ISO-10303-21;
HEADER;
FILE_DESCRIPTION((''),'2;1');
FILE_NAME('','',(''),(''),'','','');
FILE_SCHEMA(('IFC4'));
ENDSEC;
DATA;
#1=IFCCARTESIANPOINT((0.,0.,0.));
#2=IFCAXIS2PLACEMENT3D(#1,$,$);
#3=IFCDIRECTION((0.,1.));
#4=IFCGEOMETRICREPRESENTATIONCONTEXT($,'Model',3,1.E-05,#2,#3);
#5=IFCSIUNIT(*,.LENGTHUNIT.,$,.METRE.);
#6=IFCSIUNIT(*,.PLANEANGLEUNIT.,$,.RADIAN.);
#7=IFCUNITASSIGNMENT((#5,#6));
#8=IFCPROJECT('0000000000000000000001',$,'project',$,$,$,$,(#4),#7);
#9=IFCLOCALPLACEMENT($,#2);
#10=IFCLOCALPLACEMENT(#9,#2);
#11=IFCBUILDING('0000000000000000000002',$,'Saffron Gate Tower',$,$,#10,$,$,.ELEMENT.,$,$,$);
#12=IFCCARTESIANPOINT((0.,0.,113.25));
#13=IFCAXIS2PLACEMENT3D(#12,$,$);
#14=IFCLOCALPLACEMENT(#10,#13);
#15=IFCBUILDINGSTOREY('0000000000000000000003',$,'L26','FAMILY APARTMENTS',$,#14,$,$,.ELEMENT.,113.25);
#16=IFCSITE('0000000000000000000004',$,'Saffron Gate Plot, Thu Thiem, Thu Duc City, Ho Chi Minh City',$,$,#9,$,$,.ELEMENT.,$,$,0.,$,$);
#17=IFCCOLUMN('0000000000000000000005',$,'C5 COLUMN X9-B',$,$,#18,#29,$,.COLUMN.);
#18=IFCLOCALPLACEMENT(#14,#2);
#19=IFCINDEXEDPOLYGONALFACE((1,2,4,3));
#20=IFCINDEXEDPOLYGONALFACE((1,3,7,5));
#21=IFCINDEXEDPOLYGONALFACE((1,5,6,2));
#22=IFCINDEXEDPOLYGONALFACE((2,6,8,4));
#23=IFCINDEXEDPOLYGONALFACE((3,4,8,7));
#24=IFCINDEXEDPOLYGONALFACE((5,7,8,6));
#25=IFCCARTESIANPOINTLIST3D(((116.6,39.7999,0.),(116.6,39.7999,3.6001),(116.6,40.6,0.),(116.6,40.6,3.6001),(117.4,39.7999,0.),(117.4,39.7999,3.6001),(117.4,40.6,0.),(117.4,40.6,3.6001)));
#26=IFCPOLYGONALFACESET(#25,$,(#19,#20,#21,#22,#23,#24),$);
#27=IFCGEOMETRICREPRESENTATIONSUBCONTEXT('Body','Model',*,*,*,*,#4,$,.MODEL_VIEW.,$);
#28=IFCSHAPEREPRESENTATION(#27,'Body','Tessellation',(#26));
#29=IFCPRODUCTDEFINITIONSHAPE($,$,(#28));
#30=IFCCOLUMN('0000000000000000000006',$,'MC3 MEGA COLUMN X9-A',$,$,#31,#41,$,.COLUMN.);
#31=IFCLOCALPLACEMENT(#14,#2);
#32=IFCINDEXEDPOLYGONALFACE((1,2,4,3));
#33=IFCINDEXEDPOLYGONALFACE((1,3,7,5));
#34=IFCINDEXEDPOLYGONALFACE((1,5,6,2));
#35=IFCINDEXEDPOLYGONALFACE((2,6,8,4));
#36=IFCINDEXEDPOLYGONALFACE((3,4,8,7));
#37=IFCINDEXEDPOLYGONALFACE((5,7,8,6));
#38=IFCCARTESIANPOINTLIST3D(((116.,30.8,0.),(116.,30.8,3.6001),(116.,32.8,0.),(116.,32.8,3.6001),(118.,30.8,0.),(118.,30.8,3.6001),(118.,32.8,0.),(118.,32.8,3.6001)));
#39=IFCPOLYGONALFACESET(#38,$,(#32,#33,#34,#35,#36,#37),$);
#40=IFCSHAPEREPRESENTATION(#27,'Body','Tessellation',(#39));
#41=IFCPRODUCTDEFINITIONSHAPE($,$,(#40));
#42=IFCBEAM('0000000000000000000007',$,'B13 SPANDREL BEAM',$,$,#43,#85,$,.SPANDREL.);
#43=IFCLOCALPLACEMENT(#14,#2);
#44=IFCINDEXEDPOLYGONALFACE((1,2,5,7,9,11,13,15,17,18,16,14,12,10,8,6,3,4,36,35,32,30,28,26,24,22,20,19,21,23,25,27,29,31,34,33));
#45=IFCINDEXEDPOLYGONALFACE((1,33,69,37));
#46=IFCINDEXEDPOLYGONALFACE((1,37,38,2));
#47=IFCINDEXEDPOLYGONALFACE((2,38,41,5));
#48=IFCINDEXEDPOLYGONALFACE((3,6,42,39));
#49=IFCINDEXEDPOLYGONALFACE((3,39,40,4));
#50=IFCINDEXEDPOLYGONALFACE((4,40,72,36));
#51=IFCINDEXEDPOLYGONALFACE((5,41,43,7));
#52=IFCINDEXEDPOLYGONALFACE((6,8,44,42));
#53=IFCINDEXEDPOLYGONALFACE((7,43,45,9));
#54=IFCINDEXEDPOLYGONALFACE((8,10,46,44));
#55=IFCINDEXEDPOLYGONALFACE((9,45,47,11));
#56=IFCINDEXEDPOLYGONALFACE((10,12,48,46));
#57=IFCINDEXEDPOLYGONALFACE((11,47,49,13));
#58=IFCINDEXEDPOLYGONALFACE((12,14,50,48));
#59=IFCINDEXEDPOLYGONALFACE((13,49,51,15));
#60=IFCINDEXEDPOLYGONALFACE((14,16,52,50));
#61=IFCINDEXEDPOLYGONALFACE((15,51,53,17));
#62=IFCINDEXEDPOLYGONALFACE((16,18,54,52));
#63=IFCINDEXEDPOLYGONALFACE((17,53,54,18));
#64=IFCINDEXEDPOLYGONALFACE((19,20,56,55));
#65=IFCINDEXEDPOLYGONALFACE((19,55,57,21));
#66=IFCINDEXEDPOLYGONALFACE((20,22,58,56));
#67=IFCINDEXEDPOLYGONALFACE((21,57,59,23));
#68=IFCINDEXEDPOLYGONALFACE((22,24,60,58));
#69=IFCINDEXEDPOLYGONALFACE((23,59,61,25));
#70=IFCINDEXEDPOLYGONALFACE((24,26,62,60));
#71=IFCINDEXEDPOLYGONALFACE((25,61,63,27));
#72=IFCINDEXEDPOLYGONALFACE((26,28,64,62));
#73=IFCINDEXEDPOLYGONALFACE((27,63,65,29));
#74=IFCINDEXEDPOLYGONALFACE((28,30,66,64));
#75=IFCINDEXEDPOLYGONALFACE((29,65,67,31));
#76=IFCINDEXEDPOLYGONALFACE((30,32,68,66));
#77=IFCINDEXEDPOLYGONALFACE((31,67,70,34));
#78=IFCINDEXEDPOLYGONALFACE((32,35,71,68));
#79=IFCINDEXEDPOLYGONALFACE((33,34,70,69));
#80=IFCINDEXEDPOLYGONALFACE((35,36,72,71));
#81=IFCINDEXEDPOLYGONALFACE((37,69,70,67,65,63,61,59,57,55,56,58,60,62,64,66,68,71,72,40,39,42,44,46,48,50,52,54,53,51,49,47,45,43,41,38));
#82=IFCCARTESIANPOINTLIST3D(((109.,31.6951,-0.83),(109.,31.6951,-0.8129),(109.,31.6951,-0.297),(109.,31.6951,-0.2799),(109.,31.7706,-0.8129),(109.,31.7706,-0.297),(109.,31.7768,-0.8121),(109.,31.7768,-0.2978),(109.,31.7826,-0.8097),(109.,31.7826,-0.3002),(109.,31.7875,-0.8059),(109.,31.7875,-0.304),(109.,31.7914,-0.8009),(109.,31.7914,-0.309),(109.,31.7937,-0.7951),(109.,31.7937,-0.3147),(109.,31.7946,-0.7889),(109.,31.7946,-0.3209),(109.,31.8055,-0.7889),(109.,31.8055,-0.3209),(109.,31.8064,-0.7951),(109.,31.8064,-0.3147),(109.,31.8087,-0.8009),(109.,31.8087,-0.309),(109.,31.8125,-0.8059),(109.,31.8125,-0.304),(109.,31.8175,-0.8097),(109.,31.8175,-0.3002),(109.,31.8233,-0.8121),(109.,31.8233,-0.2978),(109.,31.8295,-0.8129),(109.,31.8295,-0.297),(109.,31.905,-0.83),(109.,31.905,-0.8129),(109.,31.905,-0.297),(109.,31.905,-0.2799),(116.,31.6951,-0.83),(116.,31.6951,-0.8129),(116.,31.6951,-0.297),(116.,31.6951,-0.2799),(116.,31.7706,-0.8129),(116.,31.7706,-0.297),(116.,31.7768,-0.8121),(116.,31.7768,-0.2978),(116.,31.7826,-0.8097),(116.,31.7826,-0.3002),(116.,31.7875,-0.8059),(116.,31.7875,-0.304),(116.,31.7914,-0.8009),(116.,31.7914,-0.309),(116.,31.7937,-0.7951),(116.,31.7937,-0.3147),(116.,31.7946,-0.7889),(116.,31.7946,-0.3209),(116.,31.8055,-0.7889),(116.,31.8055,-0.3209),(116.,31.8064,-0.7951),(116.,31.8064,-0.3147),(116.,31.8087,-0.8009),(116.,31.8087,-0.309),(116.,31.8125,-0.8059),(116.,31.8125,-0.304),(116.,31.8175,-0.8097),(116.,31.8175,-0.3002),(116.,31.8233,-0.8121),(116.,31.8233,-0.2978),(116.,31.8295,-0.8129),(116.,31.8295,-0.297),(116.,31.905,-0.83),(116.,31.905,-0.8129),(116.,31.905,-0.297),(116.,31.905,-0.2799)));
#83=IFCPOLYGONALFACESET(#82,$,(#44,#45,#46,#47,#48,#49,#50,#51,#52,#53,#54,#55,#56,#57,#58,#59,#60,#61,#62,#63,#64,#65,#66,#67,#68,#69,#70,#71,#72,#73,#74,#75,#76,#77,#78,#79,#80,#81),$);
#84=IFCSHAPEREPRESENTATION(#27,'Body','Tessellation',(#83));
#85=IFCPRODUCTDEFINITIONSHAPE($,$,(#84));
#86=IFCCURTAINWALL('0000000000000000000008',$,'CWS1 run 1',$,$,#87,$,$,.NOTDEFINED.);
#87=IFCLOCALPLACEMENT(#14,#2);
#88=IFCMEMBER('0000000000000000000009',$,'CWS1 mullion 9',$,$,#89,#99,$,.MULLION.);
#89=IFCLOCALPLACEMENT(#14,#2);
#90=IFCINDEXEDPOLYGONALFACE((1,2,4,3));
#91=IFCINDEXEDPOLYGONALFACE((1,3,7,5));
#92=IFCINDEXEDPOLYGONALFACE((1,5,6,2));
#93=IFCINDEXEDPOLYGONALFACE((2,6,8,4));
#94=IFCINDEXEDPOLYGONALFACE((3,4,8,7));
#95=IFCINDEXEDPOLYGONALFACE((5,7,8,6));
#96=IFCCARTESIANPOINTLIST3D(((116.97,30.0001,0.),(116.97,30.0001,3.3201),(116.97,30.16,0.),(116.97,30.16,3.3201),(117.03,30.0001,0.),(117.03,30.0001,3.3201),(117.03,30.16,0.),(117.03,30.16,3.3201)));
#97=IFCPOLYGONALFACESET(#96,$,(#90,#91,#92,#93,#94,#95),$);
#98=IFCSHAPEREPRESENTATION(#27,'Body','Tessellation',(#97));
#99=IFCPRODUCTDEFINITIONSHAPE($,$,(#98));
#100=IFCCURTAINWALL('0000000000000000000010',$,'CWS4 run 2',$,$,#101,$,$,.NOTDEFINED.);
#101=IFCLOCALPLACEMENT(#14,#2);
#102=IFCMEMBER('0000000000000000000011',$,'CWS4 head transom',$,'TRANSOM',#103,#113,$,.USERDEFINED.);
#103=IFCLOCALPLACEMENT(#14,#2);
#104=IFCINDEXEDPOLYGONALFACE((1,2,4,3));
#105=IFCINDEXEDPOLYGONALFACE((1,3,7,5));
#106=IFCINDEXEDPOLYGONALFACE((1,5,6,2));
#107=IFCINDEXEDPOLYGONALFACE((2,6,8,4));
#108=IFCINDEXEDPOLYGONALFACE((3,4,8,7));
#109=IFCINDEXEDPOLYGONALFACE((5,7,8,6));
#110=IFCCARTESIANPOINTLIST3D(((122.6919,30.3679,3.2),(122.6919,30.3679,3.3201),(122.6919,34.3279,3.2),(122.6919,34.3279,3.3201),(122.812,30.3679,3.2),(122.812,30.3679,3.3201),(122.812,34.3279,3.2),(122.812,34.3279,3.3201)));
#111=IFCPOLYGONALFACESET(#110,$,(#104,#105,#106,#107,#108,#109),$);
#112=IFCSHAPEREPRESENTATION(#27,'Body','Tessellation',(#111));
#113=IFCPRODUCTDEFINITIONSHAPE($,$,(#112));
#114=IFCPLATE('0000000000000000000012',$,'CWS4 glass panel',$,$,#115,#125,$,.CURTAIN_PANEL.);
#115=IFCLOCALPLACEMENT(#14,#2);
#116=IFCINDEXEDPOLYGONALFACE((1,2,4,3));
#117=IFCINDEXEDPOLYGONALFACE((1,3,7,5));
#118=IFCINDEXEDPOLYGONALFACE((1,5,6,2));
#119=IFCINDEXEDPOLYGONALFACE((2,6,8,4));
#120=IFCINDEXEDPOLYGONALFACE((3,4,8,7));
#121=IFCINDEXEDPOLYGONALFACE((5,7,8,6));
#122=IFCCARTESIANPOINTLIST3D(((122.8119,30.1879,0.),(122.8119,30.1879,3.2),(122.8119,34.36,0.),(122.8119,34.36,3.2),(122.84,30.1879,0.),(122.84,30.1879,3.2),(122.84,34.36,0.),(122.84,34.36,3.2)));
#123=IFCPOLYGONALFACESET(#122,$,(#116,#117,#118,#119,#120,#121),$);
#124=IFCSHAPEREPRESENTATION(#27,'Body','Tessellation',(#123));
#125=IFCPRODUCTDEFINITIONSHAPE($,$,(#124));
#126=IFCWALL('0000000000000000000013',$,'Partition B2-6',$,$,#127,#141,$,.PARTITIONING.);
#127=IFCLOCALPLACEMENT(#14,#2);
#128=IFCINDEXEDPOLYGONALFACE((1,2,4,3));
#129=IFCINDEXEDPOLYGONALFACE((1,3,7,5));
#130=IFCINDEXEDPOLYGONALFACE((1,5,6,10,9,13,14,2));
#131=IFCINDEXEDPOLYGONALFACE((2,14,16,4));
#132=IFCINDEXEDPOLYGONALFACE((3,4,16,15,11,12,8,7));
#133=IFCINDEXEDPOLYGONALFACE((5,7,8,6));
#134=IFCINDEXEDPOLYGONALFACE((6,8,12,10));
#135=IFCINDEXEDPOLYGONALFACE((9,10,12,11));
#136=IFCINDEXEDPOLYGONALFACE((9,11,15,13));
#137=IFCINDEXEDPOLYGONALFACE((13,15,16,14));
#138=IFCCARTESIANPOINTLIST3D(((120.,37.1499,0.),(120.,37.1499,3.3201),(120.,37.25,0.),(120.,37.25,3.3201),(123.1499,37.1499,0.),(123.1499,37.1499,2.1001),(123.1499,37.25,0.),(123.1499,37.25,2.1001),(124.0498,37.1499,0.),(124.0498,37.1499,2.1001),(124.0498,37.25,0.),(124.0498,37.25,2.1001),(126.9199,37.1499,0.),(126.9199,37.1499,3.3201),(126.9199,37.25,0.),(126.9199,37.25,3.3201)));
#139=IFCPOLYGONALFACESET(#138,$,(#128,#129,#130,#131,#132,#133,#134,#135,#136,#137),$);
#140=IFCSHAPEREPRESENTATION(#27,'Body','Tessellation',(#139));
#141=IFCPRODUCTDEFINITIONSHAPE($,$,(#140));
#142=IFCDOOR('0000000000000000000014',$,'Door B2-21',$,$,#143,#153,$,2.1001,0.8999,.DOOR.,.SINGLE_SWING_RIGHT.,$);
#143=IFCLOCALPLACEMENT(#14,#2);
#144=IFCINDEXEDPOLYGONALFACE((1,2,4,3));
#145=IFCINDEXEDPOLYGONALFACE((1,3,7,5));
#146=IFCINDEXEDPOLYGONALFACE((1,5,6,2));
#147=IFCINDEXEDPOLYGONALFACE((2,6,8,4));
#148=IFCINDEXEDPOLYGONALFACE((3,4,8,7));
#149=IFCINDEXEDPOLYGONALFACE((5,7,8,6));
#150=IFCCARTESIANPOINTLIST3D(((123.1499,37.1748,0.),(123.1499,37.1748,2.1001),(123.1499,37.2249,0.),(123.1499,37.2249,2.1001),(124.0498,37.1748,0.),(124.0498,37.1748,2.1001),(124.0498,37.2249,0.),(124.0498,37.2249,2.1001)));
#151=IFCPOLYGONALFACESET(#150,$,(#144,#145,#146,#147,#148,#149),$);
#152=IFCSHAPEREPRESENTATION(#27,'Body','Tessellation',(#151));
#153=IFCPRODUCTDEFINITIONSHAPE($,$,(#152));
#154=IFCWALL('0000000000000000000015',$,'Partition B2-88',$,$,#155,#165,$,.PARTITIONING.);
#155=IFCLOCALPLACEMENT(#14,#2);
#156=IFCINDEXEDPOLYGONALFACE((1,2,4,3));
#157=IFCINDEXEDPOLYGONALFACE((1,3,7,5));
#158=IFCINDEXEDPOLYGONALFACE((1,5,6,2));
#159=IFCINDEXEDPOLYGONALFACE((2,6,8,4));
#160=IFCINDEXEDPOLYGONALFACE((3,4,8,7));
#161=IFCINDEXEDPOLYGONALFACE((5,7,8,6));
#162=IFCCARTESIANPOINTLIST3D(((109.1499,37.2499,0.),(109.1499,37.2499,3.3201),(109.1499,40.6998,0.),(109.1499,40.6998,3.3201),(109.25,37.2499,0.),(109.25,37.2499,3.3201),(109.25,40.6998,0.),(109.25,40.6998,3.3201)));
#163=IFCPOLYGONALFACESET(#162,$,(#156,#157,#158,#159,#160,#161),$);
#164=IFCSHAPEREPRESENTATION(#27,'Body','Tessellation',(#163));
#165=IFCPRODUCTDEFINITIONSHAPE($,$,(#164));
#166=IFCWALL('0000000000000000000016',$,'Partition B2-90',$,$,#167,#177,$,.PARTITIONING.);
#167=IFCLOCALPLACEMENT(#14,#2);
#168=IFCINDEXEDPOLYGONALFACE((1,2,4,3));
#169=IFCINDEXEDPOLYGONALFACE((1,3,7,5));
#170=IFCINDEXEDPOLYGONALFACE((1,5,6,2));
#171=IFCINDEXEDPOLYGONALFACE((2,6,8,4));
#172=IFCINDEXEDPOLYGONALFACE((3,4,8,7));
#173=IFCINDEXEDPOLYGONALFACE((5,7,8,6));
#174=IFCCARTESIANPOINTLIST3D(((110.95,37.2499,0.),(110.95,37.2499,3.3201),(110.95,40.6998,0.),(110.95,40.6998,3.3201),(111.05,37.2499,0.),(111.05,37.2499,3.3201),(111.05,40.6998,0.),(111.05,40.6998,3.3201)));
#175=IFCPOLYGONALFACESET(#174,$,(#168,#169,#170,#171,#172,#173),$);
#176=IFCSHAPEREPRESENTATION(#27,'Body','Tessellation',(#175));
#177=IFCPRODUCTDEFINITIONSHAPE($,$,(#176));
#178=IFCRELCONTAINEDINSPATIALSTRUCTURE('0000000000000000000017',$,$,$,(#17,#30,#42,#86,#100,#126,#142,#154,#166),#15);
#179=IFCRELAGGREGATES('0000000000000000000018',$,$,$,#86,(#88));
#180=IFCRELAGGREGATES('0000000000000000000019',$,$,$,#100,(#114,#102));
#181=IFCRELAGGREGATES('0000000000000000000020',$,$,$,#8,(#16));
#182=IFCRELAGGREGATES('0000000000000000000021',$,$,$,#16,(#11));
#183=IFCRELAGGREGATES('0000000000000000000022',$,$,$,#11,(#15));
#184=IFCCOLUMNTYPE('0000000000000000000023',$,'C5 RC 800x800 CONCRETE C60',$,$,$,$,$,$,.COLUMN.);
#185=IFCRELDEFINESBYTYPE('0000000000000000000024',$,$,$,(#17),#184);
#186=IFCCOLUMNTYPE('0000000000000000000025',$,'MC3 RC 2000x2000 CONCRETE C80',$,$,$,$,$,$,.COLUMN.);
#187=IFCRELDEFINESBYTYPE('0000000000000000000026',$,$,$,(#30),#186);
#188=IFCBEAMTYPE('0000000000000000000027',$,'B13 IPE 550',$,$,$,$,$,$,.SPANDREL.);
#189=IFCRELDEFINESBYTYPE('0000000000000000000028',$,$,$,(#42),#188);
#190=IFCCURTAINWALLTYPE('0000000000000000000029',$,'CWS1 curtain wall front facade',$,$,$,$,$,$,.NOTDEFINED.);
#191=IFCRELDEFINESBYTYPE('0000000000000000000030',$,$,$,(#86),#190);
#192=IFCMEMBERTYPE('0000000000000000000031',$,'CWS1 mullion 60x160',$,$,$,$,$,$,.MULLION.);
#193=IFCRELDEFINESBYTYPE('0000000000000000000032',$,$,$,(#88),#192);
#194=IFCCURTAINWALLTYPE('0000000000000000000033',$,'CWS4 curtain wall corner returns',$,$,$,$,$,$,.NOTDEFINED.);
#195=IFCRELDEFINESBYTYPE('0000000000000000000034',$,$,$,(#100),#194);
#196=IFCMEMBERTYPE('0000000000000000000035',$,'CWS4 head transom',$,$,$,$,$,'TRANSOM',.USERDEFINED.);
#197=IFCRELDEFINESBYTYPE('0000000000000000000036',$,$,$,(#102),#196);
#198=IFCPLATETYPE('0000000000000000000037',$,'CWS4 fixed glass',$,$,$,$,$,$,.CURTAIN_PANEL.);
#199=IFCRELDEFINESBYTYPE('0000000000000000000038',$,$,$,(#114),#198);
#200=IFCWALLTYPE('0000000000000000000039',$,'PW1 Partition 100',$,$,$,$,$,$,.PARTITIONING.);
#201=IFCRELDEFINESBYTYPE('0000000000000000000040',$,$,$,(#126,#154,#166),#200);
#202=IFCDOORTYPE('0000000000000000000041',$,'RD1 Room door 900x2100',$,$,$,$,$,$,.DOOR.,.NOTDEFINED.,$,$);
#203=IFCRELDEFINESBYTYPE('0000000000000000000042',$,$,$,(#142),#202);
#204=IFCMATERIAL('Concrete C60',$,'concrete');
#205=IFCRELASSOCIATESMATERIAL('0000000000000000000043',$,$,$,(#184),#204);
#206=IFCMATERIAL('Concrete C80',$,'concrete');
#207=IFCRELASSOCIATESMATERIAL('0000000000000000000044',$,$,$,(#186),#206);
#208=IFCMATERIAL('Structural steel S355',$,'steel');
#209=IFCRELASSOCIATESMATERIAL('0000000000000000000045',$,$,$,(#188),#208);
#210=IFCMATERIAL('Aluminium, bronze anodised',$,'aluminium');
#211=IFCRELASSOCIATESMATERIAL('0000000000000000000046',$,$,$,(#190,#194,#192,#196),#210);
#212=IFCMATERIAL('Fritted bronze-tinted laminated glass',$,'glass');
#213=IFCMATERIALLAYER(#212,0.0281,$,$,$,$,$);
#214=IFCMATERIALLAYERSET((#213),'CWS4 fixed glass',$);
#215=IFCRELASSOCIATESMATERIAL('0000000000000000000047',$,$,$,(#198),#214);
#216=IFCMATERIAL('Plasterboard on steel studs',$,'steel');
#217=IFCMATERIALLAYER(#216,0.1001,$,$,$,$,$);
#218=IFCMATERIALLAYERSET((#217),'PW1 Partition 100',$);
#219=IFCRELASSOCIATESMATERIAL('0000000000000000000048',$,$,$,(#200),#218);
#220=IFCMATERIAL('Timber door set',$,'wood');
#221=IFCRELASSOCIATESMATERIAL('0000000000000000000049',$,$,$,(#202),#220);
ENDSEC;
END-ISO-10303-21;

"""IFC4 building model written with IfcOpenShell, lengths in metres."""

from ifc_helpers import new_model, si_unit, direction, frame, frame_2d, origin, origin_2d, place, context, subcontext, project, spatial, rectangle, i_section, extrude, material, layer, layer_set, material_profile, profile_set, type_object, element, fill, aggregate, save


model = new_model("IFC4")

# Units and contexts
model_context = context("Model", 3, precision=1e-05, world=origin(), true_north=direction((0.0, 1.0)))
body_context = subcontext(model_context, "Body", "Model", "MODEL_VIEW")
ifc_project = project(units=[si_unit("LENGTHUNIT", "METRE"), si_unit("PLANEANGLEUNIT", "RADIAN")], contexts=[model_context])

# Site, building, storey
site_placement = place(None, origin())
site = spatial("IfcSite", under=ifc_project, at=site_placement, Name="Saffron Gate Plot, Thu Thiem, Thu Duc City, Ho Chi Minh City", CompositionType="ELEMENT", RefElevation=0.0)
building_placement = place(site_placement, origin())
building = spatial("IfcBuilding", under=site, at=building_placement, Name="Saffron Gate Tower", CompositionType="ELEMENT")
storey_placement = place(building_placement, frame((0.0, 0.0, 113.25)))
storey = spatial("IfcBuildingStorey", under=building, at=storey_placement, Name="L26", Description="FAMILY APARTMENTS", CompositionType="ELEMENT", Elevation=113.25)

# Columns
ifc_material_1 = material(Name="Concrete C60", Category="concrete")
ifc_material_profile_1 = material_profile(ifc_material_1, rectangle(XDim=0.8, YDim=0.8, at=origin_2d()))
ifc_profile_set_1 = profile_set([ifc_material_profile_1], Name="Concrete C60")
column_type_1 = type_object("IfcColumnType", Name="C5 RC 800x800 CONCRETE C60", PredefinedType="COLUMN", material=ifc_profile_set_1)
column_1_placement = place(storey_placement, frame((117.0, 40.2, 0.0), z_axis=(0.0, 0.0, 1.0), x_axis=(1.0, 0.0, 0.0)))
element("IfcColumn", 1, at=column_1_placement, inside=storey, type_object=column_type_1, Name="C5 COLUMN X9-B", PredefinedType="COLUMN", context=body_context, shape_type="SweptSolid", body=[
    extrude(rectangle(XDim=0.8, YDim=0.8, at=origin_2d()), origin(), (0.0, 0.0, 1.0), 3.6001),
])
ifc_material_2 = material(Name="Concrete C80", Category="concrete")
ifc_material_profile_2 = material_profile(ifc_material_2, rectangle(XDim=2.0, YDim=2.0, at=origin_2d()))
ifc_profile_set_2 = profile_set([ifc_material_profile_2], Name="Concrete C80")
column_type_2 = type_object("IfcColumnType", Name="MC3 RC 2000x2000 CONCRETE C80", PredefinedType="COLUMN", material=ifc_profile_set_2)
column_2_placement = place(storey_placement, frame((117.0, 31.8, 0.0), z_axis=(0.0, 0.0, 1.0), x_axis=(1.0, 0.0, 0.0)))
element("IfcColumn", 2, at=column_2_placement, inside=storey, type_object=column_type_2, Name="MC3 MEGA COLUMN X9-A", PredefinedType="COLUMN", context=body_context, shape_type="SweptSolid", body=[
    extrude(rectangle(XDim=2.0, YDim=2.0, at=origin_2d()), origin(), (0.0, 0.0, 1.0), 3.6001),
])

# Beam
ifc_material_3 = material(Name="Structural steel S355", Category="steel")
ifc_material_profile_3 = material_profile(ifc_material_3, i_section(OverallWidth=0.21, OverallDepth=0.55, WebThickness=0.011, FlangeThickness=0.0171, FilletRadius=0.0239, at=origin_2d()))
ifc_profile_set_3 = profile_set([ifc_material_profile_3], Name="Structural steel S355")
beam_type = type_object("IfcBeamType", Name="B13 IPE 550", PredefinedType="SPANDREL", material=ifc_profile_set_3)
beam_placement = place(storey_placement, frame((109.0, 31.8, -0.5549), z_axis=(1.0, 0.0, 0.0), x_axis=(0.0, 1.0, 0.0)))
element("IfcBeam", 3, at=beam_placement, inside=storey, type_object=beam_type, Name="B13 SPANDREL BEAM", PredefinedType="SPANDREL", context=body_context, shape_type="SweptSolid", body=[
    extrude(i_section(OverallWidth=0.21, OverallDepth=0.55, WebThickness=0.011, FlangeThickness=0.0171, FilletRadius=0.0239, at=origin_2d()), origin(), (0.0, 0.0, 1.0), 7.0),
])

# Curtain wall, member
ifc_material_4 = material(Name="Aluminium, bronze anodised", Category="aluminium")
curtain_wall_type_1 = type_object("IfcCurtainWallType", Name="CWS1 curtain wall front facade", PredefinedType="NOTDEFINED", material=ifc_material_4)
curtain_wall_1_placement = place(storey_placement, origin())
curtain_wall_1 = element("IfcCurtainWall", 4, at=curtain_wall_1_placement, inside=storey, type_object=curtain_wall_type_1, Name="CWS1 run 1", PredefinedType="NOTDEFINED")
ifc_material_profile_4 = material_profile(ifc_material_4, rectangle(XDim=0.1599, YDim=0.0601, at=origin_2d()))
ifc_profile_set_4 = profile_set([ifc_material_profile_4], Name="Aluminium, bronze anodised")
member_type_1 = type_object("IfcMemberType", Name="CWS1 mullion 60x160", PredefinedType="MULLION", material=ifc_profile_set_4)
member_1_placement = place(storey_placement, frame((117.0, 30.0801, 0.0), z_axis=(0.0, 0.0, 1.0), x_axis=(0.0, 1.0, 0.0)))
member_1 = element("IfcMember", 5, at=member_1_placement, type_object=member_type_1, Name="CWS1 mullion 9", PredefinedType="MULLION", context=body_context, shape_type="SweptSolid", body=[
    extrude(rectangle(XDim=0.1599, YDim=0.0601, at=origin_2d()), origin(), (0.0, 0.0, 1.0), 3.3201),
])
aggregate(curtain_wall_1, [member_1])

# Curtain wall, member, plate
curtain_wall_type_2 = type_object("IfcCurtainWallType", Name="CWS4 curtain wall corner returns", PredefinedType="NOTDEFINED", material=ifc_material_4)
curtain_wall_2_placement = place(storey_placement, origin())
curtain_wall_2 = element("IfcCurtainWall", 6, at=curtain_wall_2_placement, inside=storey, type_object=curtain_wall_type_2, Name="CWS4 run 2", PredefinedType="NOTDEFINED")
ifc_material_profile_5 = material_profile(ifc_material_4, rectangle(XDim=0.1201, YDim=0.1201, at=origin_2d()))
ifc_profile_set_5 = profile_set([ifc_material_profile_5], Name="Aluminium, bronze anodised")
member_type_2 = type_object("IfcMemberType", Name="CWS4 head transom", ElementType="TRANSOM", PredefinedType="USERDEFINED", material=ifc_profile_set_5)
member_2_placement = place(storey_placement, frame((122.752, 30.3679, 3.26), z_axis=(0.0, 1.0, 0.0), x_axis=(-1.0, 0.0, 0.0)))
member_2 = element("IfcMember", 7, at=member_2_placement, type_object=member_type_2, Name="CWS4 head transom", ObjectType="TRANSOM", PredefinedType="USERDEFINED", context=body_context, shape_type="SweptSolid", body=[
    extrude(rectangle(XDim=0.1201, YDim=0.1201, at=origin_2d()), origin(), (0.0, 0.0, 1.0), 3.96),
])
ifc_material_5 = material(Name="Fritted bronze-tinted laminated glass", Category="glass")
ifc_layer_1 = layer(ifc_material_5, 0.0281)
ifc_layer_set_1 = layer_set([ifc_layer_1], Name="CWS4 fixed glass")
plate_type = type_object("IfcPlateType", Name="CWS4 fixed glass", PredefinedType="CURTAIN_PANEL", material=ifc_layer_set_1)
plate_placement = place(storey_placement, frame((122.8259, 30.188, 0.0), z_axis=(0.0, 0.0, 1.0), x_axis=(0.0, 1.0, 0.0)))
plate = element("IfcPlate", 8, at=plate_placement, type_object=plate_type, Name="CWS4 glass panel", PredefinedType="CURTAIN_PANEL", context=body_context, shape_type="SweptSolid", body=[
    extrude(rectangle(XDim=4.1721, YDim=0.0281, at=frame_2d((2.0859, 0.0))), origin(), (0.0, 0.0, 1.0), 3.2),
])
aggregate(curtain_wall_2, [plate, member_2])

# Wall, opening, door
ifc_material_6 = material(Name="Plasterboard on steel studs", Category="steel")
ifc_layer_2 = layer(ifc_material_6, 0.1001)
ifc_layer_set_2 = layer_set([ifc_layer_2], Name="PW1 Partition 100")
wall_type = type_object("IfcWallType", Name="PW1 Partition 100", PredefinedType="PARTITIONING", material=ifc_layer_set_2)
wall_1_placement = place(storey_placement, frame((120.0, 37.2, 0.0), z_axis=(0.0, 0.0, 1.0), x_axis=(1.0, 0.0, 0.0)))
wall_1 = element("IfcWall", 9, at=wall_1_placement, inside=storey, type_object=wall_type, Name="Partition B2-6", PredefinedType="PARTITIONING", context=body_context, shape_type="SweptSolid", body=[
    extrude(rectangle(XDim=6.9199, YDim=0.1001, at=frame_2d((3.46, 0.0))), origin(), (0.0, 0.0, 1.0), 3.3201),
])
opening_placement = place(wall_1_placement, frame((3.1499, 0.0, 0.0)))
opening = element("IfcOpeningElement", 10, at=opening_placement, cuts=wall_1, PredefinedType="OPENING", context=body_context, shape_type="SweptSolid", body=[
    extrude(rectangle(XDim=0.8999, YDim=2.1001, at=frame_2d((0.45, 1.05))), frame((0.0, 0.0601, 0.0), z_axis=(0.0, -1.0, 0.0), x_axis=(1.0, 0.0, 0.0)), (0.0, 0.0, 1.0), 0.1201),
])
ifc_material_7 = material(Name="Timber door set", Category="wood")
door_type = type_object("IfcDoorType", Name="RD1 Room door 900x2100", OperationType="NOTDEFINED", PredefinedType="DOOR", material=ifc_material_7)
door_placement = place(opening_placement, origin())
door = element("IfcDoor", 11, at=door_placement, inside=storey, type_object=door_type, Name="Door B2-21", OperationType="SINGLE_SWING_RIGHT", OverallHeight=2.1001, OverallWidth=0.8999, PredefinedType="DOOR", context=body_context, shape_type="SweptSolid", body=[
    extrude(rectangle(XDim=0.8999, YDim=2.1001, at=frame_2d((0.45, 1.05))), frame((0.0, 0.0249, 0.0), z_axis=(0.0, -1.0, 0.0), x_axis=(1.0, 0.0, 0.0)), (0.0, 0.0, 1.0), 0.05),
])
fill(opening, door)

# Walls
for number, where, z_axis, x_axis, name in (
    (12, (109.2, 40.7, 0.0), (0.0, 0.0, 1.0), (0.0, -1.0, 0.0), "Partition B2-88"),
    (13, (111.0, 40.7, 0.0), (0.0, 0.0, 1.0), (0.0, -1.0, 0.0), "Partition B2-90"),
):
    element("IfcWall", number, at=place(storey_placement, frame(where, z_axis=z_axis, x_axis=x_axis)), inside=storey, type_object=wall_type, Name=name, PredefinedType="PARTITIONING", context=body_context, shape_type="SweptSolid", body=[
        extrude(rectangle(XDim=3.45, YDim=0.1001, at=frame_2d((1.7251, 0.0))), origin(), (0.0, 0.0, 1.0), 3.3201),
    ])

save(model, "model.ifc")
